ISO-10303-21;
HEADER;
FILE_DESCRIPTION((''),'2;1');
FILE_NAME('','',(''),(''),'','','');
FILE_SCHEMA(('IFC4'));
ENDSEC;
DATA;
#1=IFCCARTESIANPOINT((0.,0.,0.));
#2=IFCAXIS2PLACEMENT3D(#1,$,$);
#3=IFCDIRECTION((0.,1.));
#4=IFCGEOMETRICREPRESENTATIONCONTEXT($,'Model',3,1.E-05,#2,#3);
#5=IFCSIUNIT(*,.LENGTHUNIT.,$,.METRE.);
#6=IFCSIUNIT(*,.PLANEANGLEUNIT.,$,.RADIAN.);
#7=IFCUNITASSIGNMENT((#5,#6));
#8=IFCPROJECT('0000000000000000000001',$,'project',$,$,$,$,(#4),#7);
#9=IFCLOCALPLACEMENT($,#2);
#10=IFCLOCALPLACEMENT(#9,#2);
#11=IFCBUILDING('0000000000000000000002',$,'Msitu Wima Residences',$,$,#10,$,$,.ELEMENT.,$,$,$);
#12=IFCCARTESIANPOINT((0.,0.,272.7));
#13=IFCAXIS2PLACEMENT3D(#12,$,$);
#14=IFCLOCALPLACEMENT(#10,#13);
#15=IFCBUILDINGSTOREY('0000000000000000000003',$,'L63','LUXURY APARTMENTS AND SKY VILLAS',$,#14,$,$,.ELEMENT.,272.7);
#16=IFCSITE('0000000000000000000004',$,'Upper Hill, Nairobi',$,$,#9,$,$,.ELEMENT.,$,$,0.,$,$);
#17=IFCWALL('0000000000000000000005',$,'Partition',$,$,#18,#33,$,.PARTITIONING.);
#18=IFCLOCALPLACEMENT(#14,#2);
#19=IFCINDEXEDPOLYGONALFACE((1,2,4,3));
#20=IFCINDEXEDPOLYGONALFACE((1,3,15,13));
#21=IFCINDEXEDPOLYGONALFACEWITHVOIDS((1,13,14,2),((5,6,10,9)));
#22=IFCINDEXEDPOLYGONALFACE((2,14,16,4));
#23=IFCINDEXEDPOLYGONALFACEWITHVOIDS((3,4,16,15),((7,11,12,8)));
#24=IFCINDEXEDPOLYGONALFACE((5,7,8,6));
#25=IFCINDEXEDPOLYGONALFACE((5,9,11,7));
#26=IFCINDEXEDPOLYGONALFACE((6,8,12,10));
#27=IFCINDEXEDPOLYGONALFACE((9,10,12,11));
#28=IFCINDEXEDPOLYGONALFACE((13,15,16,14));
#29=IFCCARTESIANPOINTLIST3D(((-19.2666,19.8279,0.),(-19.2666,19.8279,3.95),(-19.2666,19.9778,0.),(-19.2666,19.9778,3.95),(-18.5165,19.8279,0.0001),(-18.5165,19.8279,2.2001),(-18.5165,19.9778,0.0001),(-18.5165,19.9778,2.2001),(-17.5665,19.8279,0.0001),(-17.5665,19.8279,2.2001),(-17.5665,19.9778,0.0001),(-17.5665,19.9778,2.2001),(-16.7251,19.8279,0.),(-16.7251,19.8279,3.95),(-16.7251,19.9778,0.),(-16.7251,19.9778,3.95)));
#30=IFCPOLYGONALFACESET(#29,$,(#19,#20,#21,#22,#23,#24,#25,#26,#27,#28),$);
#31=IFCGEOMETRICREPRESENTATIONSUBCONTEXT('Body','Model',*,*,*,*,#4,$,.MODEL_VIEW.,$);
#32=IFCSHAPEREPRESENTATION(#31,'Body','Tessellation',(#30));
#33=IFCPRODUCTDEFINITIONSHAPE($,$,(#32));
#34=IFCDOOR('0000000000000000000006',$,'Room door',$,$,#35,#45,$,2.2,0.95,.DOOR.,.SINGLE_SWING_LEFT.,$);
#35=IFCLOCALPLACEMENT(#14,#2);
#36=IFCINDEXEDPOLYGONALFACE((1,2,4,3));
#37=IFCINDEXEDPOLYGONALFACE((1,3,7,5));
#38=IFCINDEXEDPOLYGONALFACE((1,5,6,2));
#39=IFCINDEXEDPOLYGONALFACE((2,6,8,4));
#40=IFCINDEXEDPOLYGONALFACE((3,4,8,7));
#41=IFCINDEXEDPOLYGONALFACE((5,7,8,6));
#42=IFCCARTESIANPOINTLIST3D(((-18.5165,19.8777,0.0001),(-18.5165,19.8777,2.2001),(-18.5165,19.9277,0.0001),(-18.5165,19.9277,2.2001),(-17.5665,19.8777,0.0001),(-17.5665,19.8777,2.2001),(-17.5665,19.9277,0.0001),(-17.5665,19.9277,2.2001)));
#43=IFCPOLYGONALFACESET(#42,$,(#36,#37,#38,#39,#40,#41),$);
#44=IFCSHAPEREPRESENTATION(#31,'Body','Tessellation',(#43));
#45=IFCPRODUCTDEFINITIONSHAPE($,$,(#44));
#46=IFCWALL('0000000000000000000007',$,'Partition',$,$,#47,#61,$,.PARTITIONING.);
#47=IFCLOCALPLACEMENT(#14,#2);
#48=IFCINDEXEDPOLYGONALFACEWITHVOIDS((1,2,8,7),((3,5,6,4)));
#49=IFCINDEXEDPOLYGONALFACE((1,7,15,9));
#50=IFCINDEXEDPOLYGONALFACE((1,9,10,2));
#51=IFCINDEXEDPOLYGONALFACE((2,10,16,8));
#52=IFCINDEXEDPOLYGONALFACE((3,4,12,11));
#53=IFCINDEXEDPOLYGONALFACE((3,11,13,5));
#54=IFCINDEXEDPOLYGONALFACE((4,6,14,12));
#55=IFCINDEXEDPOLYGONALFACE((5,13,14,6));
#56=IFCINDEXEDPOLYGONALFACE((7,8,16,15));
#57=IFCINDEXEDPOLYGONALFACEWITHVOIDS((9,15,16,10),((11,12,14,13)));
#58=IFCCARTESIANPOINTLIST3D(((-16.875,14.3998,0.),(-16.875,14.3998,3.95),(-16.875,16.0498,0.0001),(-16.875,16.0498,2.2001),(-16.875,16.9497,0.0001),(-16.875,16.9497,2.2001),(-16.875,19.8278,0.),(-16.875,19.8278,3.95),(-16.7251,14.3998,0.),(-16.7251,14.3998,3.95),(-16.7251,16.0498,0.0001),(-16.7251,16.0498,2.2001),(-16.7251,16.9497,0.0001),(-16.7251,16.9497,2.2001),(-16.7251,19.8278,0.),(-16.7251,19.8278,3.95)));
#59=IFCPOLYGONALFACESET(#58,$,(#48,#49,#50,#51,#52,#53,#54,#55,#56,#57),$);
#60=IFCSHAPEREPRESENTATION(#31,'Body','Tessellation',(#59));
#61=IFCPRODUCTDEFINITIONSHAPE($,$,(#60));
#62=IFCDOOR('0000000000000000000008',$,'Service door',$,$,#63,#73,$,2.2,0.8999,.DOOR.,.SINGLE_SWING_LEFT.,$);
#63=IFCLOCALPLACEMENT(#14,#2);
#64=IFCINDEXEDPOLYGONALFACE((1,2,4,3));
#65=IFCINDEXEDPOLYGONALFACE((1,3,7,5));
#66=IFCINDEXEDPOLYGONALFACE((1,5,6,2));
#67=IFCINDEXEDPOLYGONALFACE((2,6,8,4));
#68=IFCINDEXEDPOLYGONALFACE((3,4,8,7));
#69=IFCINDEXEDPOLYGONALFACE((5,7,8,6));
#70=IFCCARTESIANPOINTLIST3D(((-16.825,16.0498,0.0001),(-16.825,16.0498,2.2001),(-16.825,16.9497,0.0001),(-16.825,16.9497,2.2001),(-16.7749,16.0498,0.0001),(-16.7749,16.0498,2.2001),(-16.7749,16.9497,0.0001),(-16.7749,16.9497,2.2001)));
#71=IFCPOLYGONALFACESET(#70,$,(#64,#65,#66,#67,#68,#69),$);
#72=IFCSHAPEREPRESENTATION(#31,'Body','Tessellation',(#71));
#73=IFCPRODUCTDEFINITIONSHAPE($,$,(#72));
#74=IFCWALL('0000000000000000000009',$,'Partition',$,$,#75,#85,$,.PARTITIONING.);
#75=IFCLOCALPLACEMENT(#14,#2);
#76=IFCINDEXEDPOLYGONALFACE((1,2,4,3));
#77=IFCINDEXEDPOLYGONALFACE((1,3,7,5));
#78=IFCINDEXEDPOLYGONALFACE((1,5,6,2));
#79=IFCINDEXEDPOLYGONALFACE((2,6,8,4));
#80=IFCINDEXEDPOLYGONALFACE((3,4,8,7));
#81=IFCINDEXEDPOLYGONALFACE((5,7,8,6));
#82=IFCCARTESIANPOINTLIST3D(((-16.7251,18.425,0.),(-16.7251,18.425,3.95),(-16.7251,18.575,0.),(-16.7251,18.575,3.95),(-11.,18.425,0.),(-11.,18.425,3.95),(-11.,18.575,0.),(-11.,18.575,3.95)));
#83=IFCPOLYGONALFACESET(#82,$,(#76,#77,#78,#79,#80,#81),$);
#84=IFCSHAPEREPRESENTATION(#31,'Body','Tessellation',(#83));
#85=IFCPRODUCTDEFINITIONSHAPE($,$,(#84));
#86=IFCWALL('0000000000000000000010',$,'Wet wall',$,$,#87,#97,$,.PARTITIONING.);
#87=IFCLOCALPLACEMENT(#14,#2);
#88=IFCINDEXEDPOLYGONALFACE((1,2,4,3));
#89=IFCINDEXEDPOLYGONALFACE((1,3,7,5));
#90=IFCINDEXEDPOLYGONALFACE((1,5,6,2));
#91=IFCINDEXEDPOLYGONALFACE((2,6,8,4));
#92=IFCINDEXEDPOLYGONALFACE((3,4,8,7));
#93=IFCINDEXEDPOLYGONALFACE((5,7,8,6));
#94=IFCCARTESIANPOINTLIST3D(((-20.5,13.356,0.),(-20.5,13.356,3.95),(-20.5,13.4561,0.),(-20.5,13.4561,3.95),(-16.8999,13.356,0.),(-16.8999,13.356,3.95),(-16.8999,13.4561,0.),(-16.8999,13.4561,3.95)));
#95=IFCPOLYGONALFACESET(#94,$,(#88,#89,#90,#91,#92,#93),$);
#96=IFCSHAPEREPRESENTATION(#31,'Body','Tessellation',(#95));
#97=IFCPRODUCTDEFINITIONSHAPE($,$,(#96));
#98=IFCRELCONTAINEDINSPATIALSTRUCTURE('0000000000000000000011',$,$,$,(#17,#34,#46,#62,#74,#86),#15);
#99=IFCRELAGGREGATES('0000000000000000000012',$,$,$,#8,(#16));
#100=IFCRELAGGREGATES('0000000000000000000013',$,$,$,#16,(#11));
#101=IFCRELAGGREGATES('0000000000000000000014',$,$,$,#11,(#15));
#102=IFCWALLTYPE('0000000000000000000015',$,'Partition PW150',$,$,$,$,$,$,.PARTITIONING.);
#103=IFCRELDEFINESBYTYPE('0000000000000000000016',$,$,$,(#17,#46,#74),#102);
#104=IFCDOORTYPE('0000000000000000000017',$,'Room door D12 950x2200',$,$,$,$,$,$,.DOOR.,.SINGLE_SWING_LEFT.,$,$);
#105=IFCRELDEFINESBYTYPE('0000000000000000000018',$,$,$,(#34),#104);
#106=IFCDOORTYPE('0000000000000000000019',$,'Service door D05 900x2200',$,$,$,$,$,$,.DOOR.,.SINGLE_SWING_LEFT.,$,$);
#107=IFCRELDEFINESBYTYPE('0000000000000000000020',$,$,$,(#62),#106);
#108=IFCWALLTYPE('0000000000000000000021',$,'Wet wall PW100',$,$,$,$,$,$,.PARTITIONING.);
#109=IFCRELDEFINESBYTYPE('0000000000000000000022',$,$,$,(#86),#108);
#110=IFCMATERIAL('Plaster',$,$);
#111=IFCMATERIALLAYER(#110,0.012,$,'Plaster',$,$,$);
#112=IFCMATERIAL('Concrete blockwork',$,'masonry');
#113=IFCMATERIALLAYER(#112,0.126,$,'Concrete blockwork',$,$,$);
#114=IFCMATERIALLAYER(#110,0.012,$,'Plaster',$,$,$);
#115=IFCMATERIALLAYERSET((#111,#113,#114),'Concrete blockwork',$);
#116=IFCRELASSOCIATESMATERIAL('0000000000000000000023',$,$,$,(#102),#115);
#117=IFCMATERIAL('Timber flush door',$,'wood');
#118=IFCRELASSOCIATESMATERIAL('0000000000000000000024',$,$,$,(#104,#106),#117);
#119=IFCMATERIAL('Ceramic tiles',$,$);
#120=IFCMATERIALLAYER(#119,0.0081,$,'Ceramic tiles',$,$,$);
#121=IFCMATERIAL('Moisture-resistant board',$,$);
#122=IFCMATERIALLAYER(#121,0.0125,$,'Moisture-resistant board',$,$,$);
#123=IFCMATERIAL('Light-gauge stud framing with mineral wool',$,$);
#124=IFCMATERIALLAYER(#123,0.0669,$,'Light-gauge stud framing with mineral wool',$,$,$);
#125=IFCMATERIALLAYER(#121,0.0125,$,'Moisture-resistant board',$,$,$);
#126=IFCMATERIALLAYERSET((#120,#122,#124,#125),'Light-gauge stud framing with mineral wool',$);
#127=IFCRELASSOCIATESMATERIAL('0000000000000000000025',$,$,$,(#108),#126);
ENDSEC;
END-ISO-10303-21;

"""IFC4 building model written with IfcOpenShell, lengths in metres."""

from ifc_helpers import new_model, si_unit, direction, frame, frame_2d, origin, place, context, subcontext, project, spatial, rectangle, extrude, material, layer, layer_set, type_object, element, fill, save


model = new_model("IFC4")

# Units and contexts
model_context = context("Model", 3, precision=1e-05, world=origin(), true_north=direction((0.0, 1.0)))
body_context = subcontext(model_context, "Body", "Model", "MODEL_VIEW")
ifc_project = project(units=[si_unit("LENGTHUNIT", "METRE"), si_unit("PLANEANGLEUNIT", "RADIAN")], contexts=[model_context])

# Site, building, storey
site_placement = place(None, origin())
site = spatial("IfcSite", under=ifc_project, at=site_placement, Name="Upper Hill, Nairobi", CompositionType="ELEMENT", RefElevation=0.0)
building_placement = place(site_placement, origin())
building = spatial("IfcBuilding", under=site, at=building_placement, Name="Msitu Wima Residences", CompositionType="ELEMENT")
storey_placement = place(building_placement, frame((0.0, 0.0, 272.7)))
storey = spatial("IfcBuildingStorey", under=building, at=storey_placement, Name="L63", Description="LUXURY APARTMENTS AND SKY VILLAS", CompositionType="ELEMENT", Elevation=272.7)

# Shared definitions
ifc_material_1 = material(Name="Plaster")
ifc_material_2 = material(Name="Concrete blockwork", Category="masonry")
ifc_layer_1 = layer(ifc_material_1, 0.012, Name="Plaster")
ifc_layer_2 = layer(ifc_material_2, 0.126, Name="Concrete blockwork")
ifc_layer_3 = layer(ifc_material_1, 0.012, Name="Plaster")
ifc_layer_set_1 = layer_set([ifc_layer_1, ifc_layer_2, ifc_layer_3], Name="Concrete blockwork")
wall_type_1 = type_object("IfcWallType", Name="Partition PW150", PredefinedType="PARTITIONING", material=ifc_layer_set_1)

# Walls, openings, doors
wall_1_placement = place(storey_placement, frame((-19.2666, 19.9028, 0.0), z_axis=(0.0, 0.0, 1.0), x_axis=(1.0, 0.0, 0.0)))
wall_1 = element("IfcWall", 1, at=wall_1_placement, inside=storey, type_object=wall_type_1, Name="Partition", PredefinedType="PARTITIONING", context=body_context, shape_type="SweptSolid", body=[
    extrude(rectangle(XDim=2.5415, YDim=0.1499, at=frame_2d((1.2708, 0.0))), origin(), (0.0, 0.0, 1.0), 3.95),
])
opening_1_placement = place(wall_1_placement, frame((0.75, 0.0, 0.0)))
opening_1 = element("IfcOpeningElement", 2, at=opening_1_placement, cuts=wall_1, PredefinedType="OPENING", context=body_context, shape_type="SweptSolid", body=[
    extrude(rectangle(XDim=0.95, YDim=2.2, at=frame_2d((0.4751, 1.1001))), frame((0.0, 0.085, 0.0), z_axis=(0.0, -1.0, 0.0), x_axis=(1.0, 0.0, 0.0)), (0.0, 0.0, 1.0), 0.1699),
])
ifc_material_3 = material(Name="Timber flush door", Category="wood")
door_type_1 = type_object("IfcDoorType", Name="Room door D12 950x2200", OperationType="SINGLE_SWING_LEFT", PredefinedType="DOOR", material=ifc_material_3)
door_1_placement = place(opening_1_placement, origin())
door_1 = element("IfcDoor", 3, at=door_1_placement, inside=storey, type_object=door_type_1, Name="Room door", OperationType="SINGLE_SWING_LEFT", OverallHeight=2.2, OverallWidth=0.95, PredefinedType="DOOR", context=body_context, shape_type="SweptSolid", body=[
    extrude(rectangle(XDim=0.95, YDim=2.2, at=frame_2d((0.4751, 1.1001))), frame((0.0, 0.0249, 0.0), z_axis=(0.0, -1.0, 0.0), x_axis=(1.0, 0.0, 0.0)), (0.0, 0.0, 1.0), 0.05),
])
fill(opening_1, door_1)
wall_2_placement = place(storey_placement, frame((-16.8, 14.3999, 0.0), z_axis=(0.0, 0.0, 1.0), x_axis=(0.0, 1.0, 0.0)))
wall_2 = element("IfcWall", 4, at=wall_2_placement, inside=storey, type_object=wall_type_1, Name="Partition", PredefinedType="PARTITIONING", context=body_context, shape_type="SweptSolid", body=[
    extrude(rectangle(XDim=5.428, YDim=0.1499, at=frame_2d((2.7139, 0.0))), origin(), (0.0, 0.0, 1.0), 3.95),
])
opening_2_placement = place(wall_2_placement, frame((1.6499, 0.0, 0.0)))
opening_2 = element("IfcOpeningElement", 5, at=opening_2_placement, cuts=wall_2, PredefinedType="OPENING", context=body_context, shape_type="SweptSolid", body=[
    extrude(rectangle(XDim=0.8999, YDim=2.2, at=frame_2d((0.45, 1.1001))), frame((0.0, 0.085, 0.0), z_axis=(0.0, -1.0, 0.0), x_axis=(1.0, 0.0, 0.0)), (0.0, 0.0, 1.0), 0.1699),
])
door_type_2 = type_object("IfcDoorType", Name="Service door D05 900x2200", OperationType="SINGLE_SWING_LEFT", PredefinedType="DOOR", material=ifc_material_3)
door_2_placement = place(opening_2_placement, origin())
door_2 = element("IfcDoor", 6, at=door_2_placement, inside=storey, type_object=door_type_2, Name="Service door", OperationType="SINGLE_SWING_LEFT", OverallHeight=2.2, OverallWidth=0.8999, PredefinedType="DOOR", context=body_context, shape_type="SweptSolid", body=[
    extrude(rectangle(XDim=0.8999, YDim=2.2, at=frame_2d((0.45, 1.1001))), frame((0.0, 0.0249, 0.0), z_axis=(0.0, -1.0, 0.0), x_axis=(1.0, 0.0, 0.0)), (0.0, 0.0, 1.0), 0.05),
])
fill(opening_2, door_2)

# Walls
wall_3_placement = place(storey_placement, frame((-16.7251, 18.5, 0.0), z_axis=(0.0, 0.0, 1.0), x_axis=(1.0, 0.0, 0.0)))
element("IfcWall", 7, at=wall_3_placement, inside=storey, type_object=wall_type_1, Name="Partition", PredefinedType="PARTITIONING", context=body_context, shape_type="SweptSolid", body=[
    extrude(rectangle(XDim=5.7251, YDim=0.1499, at=frame_2d((2.8625, 0.0))), origin(), (0.0, 0.0, 1.0), 3.95),
])
ifc_material_4 = material(Name="Ceramic tiles")
ifc_layer_4 = layer(ifc_material_4, 0.0081, Name="Ceramic tiles")
ifc_material_5 = material(Name="Moisture-resistant board")
ifc_layer_5 = layer(ifc_material_5, 0.0125, Name="Moisture-resistant board")
ifc_material_6 = material(Name="Light-gauge stud framing with mineral wool")
ifc_layer_6 = layer(ifc_material_6, 0.0669, Name="Light-gauge stud framing with mineral wool")
ifc_layer_7 = layer(ifc_material_5, 0.0125, Name="Moisture-resistant board")
ifc_layer_set_2 = layer_set([ifc_layer_4, ifc_layer_5, ifc_layer_6, ifc_layer_7], Name="Light-gauge stud framing with mineral wool")
wall_type_2 = type_object("IfcWallType", Name="Wet wall PW100", PredefinedType="PARTITIONING", material=ifc_layer_set_2)
wall_4_placement = place(storey_placement, frame((-20.5, 13.406, 0.0), z_axis=(0.0, 0.0, 1.0), x_axis=(1.0, 0.0, 0.0)))
element("IfcWall", 8, at=wall_4_placement, inside=storey, type_object=wall_type_2, Name="Wet wall", PredefinedType="PARTITIONING", context=body_context, shape_type="SweptSolid", body=[
    extrude(rectangle(XDim=3.6001, YDim=0.1001, at=frame_2d((1.8, 0.0))), origin(), (0.0, 0.0, 1.0), 3.95),
])

save(model, "model.ifc")
